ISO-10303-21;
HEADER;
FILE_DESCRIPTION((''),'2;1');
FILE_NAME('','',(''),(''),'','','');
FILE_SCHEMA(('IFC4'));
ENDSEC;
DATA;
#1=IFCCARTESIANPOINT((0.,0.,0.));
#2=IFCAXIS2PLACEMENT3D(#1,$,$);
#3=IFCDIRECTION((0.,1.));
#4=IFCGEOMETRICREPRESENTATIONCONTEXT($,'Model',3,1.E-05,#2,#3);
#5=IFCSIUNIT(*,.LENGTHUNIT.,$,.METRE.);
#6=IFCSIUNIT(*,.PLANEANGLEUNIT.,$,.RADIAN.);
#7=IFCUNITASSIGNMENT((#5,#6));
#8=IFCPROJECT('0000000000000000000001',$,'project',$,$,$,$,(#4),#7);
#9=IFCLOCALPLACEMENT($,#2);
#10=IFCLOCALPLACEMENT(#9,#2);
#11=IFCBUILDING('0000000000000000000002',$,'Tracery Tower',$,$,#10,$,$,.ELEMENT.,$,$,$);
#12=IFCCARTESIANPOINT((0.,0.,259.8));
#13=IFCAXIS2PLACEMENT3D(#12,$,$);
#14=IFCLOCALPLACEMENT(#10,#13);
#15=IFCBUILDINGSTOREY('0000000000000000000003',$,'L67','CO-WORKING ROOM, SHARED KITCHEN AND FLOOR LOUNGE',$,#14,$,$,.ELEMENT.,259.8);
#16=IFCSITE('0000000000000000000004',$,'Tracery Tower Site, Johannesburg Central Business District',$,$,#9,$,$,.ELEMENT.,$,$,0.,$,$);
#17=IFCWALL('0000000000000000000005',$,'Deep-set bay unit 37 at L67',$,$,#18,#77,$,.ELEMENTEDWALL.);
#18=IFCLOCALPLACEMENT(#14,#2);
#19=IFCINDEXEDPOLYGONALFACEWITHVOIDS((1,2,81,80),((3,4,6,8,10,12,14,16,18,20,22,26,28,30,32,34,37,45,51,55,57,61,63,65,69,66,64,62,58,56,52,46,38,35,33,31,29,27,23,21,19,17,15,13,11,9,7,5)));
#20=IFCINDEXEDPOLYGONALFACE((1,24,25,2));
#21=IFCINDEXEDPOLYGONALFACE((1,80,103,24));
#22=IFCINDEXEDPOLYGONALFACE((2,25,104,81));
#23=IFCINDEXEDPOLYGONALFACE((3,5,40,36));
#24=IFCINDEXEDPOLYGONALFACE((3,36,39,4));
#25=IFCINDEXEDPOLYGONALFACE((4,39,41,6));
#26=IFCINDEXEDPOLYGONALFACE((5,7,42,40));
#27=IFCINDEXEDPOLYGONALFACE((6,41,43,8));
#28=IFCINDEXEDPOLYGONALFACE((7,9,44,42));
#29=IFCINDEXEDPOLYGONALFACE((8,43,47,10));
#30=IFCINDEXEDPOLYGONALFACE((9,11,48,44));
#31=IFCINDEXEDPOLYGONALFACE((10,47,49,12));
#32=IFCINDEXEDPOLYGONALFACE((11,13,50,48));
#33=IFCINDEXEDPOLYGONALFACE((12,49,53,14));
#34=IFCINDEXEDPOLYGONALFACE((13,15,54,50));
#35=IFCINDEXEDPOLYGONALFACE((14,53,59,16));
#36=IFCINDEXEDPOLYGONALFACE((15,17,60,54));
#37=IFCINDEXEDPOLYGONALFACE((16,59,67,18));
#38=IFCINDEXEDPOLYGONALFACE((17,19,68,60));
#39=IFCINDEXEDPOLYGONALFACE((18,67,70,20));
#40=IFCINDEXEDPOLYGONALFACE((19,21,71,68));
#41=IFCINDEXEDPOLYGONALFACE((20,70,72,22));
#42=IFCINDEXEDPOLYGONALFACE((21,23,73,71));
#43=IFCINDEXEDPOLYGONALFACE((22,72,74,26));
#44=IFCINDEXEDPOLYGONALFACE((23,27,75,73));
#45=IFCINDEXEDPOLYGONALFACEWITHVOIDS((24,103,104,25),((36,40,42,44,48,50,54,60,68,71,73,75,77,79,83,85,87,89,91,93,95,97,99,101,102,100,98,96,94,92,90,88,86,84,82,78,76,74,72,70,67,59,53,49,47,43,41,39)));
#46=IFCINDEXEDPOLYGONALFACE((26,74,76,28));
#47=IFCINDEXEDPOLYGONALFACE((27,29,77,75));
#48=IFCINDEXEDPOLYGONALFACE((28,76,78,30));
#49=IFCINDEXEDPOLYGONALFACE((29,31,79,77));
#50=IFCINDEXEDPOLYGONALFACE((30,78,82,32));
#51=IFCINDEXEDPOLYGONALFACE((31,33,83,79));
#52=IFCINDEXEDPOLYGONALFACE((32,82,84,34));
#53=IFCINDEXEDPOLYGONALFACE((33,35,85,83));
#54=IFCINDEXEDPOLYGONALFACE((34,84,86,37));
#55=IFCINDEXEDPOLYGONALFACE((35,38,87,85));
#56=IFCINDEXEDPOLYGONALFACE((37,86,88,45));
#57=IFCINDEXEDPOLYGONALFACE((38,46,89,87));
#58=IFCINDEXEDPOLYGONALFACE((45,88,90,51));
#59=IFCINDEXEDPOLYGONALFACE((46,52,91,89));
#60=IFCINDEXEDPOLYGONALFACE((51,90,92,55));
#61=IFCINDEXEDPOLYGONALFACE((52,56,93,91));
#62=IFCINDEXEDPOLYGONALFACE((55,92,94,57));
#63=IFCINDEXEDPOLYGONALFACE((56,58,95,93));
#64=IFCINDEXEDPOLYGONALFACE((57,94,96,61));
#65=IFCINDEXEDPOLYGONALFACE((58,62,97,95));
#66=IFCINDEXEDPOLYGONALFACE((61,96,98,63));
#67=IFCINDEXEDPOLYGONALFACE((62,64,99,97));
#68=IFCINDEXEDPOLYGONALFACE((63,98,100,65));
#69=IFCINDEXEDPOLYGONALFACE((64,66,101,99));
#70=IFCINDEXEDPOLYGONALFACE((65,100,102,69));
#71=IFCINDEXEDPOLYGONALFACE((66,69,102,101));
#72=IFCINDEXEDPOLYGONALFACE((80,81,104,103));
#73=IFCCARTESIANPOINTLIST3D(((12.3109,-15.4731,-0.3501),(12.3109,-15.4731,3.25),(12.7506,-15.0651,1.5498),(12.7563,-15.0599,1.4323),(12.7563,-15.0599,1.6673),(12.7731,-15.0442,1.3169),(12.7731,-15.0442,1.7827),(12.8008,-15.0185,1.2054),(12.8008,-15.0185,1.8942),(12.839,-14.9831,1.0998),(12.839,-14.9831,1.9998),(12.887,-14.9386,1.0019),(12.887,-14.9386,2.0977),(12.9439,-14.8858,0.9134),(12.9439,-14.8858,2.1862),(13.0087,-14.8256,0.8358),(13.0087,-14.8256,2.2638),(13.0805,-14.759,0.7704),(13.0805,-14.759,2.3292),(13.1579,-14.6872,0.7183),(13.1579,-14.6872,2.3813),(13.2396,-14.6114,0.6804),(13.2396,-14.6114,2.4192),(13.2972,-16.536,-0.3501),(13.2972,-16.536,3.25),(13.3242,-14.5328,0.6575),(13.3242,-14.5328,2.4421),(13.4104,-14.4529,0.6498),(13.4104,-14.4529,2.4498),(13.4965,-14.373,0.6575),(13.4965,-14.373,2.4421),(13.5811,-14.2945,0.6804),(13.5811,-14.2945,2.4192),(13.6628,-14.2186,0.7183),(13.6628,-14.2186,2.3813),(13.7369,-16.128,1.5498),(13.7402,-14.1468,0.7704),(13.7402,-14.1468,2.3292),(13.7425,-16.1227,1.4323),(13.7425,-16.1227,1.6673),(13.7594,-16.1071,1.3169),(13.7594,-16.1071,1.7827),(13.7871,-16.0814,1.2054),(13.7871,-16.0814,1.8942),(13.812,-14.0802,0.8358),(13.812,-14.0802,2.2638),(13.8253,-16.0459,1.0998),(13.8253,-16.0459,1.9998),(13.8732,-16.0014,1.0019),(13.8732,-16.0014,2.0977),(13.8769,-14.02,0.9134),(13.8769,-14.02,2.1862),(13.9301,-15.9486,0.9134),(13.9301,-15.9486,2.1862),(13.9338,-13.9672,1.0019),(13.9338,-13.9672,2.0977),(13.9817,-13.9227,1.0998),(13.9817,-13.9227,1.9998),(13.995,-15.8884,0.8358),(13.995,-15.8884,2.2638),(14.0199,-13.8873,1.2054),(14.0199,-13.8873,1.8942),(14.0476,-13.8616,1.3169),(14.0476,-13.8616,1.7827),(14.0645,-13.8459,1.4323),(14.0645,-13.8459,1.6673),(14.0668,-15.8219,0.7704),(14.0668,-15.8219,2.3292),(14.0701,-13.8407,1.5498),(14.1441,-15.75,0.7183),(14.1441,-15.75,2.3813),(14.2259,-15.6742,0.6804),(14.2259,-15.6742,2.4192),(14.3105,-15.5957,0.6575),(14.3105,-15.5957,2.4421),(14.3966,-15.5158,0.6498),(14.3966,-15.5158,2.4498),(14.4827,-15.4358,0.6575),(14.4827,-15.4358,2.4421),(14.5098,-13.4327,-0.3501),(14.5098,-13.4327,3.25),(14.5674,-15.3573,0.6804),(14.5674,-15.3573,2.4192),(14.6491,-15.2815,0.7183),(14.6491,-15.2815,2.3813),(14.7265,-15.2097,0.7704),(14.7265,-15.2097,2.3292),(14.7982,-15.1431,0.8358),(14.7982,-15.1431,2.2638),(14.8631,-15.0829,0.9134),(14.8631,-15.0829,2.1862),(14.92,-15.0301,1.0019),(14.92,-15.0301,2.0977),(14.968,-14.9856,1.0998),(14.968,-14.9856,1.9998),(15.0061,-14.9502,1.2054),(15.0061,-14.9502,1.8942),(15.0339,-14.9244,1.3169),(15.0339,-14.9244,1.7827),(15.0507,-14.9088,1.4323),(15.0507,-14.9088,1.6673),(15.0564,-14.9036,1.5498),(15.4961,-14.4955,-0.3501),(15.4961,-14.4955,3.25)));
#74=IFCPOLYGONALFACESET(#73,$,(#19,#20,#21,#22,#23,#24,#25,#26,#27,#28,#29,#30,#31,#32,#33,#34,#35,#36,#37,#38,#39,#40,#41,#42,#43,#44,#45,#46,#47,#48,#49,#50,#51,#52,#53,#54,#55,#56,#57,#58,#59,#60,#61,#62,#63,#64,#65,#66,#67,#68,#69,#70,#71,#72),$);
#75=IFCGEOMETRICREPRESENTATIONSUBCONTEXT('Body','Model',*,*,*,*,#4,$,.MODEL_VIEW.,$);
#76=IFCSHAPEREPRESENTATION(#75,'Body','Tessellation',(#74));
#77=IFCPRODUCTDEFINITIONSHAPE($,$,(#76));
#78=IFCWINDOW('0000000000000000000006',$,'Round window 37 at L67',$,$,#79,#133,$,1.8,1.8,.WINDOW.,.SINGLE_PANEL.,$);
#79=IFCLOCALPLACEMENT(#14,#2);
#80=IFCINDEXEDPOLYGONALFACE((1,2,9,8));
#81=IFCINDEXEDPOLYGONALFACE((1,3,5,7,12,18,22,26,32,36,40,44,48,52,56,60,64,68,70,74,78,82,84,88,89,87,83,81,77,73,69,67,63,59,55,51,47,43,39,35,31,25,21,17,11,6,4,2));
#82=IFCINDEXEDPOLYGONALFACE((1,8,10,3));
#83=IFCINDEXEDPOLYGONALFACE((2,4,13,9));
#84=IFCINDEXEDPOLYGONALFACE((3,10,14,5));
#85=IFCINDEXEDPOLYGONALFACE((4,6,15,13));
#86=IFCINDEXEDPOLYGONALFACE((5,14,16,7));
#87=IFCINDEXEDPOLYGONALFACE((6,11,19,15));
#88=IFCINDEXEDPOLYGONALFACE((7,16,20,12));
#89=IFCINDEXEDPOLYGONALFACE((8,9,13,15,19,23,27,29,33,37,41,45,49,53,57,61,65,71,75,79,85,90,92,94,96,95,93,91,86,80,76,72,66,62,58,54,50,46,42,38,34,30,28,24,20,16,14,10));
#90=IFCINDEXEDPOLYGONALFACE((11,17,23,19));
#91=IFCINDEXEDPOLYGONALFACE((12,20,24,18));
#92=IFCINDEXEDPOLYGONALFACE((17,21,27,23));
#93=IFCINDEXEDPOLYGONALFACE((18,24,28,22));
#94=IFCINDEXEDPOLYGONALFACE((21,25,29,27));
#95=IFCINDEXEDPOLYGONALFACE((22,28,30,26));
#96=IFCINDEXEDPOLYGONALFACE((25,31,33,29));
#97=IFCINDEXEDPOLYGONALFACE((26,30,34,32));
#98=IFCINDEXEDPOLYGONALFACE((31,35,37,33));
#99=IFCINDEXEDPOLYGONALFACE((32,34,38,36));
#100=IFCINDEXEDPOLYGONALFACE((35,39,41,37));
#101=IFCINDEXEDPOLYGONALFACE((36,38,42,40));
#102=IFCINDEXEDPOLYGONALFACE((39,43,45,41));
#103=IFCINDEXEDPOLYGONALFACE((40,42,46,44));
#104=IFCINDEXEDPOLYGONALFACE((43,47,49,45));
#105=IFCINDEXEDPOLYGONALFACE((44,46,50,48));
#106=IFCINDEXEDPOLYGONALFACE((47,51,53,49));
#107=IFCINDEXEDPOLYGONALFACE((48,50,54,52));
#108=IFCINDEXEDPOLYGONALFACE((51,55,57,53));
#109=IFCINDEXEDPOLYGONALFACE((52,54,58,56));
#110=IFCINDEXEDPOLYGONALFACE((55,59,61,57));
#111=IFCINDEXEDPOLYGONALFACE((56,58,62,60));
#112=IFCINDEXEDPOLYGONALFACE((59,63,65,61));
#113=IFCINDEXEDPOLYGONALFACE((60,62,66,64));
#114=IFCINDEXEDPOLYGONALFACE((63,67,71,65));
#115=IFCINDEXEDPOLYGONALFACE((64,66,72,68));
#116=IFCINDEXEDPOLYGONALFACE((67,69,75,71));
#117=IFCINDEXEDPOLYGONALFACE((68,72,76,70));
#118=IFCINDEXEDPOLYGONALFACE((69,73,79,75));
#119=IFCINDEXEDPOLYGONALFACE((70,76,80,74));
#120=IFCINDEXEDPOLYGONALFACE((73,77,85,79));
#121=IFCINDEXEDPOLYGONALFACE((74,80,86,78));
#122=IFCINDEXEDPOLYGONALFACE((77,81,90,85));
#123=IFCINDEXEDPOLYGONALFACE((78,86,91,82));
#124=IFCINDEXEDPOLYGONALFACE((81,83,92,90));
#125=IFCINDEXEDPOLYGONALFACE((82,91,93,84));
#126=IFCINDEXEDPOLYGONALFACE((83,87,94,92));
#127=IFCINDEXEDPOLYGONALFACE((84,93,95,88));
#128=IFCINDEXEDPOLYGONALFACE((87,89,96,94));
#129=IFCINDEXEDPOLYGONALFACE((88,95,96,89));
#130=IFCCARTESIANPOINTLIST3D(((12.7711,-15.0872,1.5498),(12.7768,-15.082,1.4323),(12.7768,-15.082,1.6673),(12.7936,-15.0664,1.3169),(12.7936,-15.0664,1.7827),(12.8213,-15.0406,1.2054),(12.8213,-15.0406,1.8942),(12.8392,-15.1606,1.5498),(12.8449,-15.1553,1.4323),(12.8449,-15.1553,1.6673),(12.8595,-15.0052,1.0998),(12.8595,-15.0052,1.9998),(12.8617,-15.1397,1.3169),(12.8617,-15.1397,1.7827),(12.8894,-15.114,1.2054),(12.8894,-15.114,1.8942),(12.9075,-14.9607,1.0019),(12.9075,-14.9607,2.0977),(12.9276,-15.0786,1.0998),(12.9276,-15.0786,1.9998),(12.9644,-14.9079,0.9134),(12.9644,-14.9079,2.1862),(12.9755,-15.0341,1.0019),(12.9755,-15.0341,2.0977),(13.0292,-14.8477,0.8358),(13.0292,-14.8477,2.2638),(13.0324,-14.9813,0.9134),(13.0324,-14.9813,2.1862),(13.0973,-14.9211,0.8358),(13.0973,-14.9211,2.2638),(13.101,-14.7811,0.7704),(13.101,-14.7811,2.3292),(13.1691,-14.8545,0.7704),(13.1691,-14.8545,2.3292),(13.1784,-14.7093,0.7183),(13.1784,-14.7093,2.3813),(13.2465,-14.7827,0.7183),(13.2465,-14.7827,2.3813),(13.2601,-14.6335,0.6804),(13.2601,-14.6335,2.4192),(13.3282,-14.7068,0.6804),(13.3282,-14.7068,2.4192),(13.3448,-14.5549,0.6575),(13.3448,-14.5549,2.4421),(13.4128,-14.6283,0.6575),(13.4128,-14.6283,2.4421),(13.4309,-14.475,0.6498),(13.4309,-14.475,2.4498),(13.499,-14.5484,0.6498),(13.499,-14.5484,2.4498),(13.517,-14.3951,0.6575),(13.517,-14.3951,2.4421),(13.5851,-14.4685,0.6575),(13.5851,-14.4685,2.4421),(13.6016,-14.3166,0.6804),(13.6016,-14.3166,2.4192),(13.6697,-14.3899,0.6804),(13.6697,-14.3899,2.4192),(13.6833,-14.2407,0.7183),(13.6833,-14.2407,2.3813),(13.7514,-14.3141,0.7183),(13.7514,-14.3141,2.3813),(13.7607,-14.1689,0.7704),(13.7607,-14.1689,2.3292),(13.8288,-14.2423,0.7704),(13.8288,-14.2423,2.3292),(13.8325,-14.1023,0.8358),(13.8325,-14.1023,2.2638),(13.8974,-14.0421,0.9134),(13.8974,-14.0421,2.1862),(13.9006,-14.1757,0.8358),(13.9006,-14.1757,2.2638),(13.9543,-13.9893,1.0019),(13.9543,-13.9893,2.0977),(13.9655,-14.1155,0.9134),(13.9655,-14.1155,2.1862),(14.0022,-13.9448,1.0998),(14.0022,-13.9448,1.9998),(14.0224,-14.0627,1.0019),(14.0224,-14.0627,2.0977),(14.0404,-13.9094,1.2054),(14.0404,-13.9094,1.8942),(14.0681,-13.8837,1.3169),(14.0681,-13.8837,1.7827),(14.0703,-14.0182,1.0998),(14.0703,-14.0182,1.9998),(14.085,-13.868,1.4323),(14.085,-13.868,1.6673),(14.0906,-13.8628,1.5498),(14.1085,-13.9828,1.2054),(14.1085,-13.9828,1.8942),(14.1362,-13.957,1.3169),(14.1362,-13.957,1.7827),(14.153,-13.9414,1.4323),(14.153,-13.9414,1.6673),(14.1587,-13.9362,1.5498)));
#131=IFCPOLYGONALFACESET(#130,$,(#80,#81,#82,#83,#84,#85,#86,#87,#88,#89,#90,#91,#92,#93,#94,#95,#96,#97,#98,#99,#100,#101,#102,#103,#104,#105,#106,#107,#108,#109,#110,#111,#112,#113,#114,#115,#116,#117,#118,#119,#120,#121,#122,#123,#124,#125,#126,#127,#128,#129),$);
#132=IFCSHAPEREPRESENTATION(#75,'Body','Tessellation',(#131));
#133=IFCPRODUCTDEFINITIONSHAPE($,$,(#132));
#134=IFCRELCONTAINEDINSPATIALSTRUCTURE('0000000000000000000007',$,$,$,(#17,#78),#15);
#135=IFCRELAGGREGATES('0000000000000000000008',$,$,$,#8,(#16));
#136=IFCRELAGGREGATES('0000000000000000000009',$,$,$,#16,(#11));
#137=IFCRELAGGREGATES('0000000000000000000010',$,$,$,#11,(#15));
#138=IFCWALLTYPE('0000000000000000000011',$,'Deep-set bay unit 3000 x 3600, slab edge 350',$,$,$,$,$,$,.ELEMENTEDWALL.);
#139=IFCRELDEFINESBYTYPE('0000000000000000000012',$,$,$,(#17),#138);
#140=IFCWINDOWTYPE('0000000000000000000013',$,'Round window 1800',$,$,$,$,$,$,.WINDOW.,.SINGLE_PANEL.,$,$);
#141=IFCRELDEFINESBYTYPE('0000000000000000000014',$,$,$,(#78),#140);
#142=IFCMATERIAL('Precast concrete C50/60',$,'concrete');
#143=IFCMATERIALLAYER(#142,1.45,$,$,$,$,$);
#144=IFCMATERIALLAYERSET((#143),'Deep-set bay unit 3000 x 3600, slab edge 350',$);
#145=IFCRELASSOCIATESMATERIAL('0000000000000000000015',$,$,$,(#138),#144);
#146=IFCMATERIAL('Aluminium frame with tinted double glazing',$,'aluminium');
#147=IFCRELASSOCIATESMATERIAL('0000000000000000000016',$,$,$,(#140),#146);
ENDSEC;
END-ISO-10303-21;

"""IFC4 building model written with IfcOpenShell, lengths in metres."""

from ifc_helpers import new_model, si_unit, direction, frame, frame_2d, origin, origin_2d, place, context, subcontext, project, spatial, rectangle, circle, extrude, material, layer, layer_set, type_object, element, fill, save


model = new_model("IFC4")

# Units and contexts
model_context = context("Model", 3, precision=1e-05, world=origin(), true_north=direction((0.0, 1.0)))
body_context = subcontext(model_context, "Body", "Model", "MODEL_VIEW")
ifc_project = project(units=[si_unit("LENGTHUNIT", "METRE"), si_unit("PLANEANGLEUNIT", "RADIAN")], contexts=[model_context])

# Site, building, storey
site_placement = place(None, origin())
site = spatial("IfcSite", under=ifc_project, at=site_placement, Name="Tracery Tower Site, Johannesburg Central Business District", CompositionType="ELEMENT", RefElevation=0.0)
building_placement = place(site_placement, origin())
building = spatial("IfcBuilding", under=site, at=building_placement, Name="Tracery Tower", CompositionType="ELEMENT")
storey_placement = place(building_placement, frame((0.0, 0.0, 259.8)))
storey = spatial("IfcBuildingStorey", under=building, at=storey_placement, Name="L67", Description="CO-WORKING ROOM, SHARED KITCHEN AND FLOOR LOUNGE", CompositionType="ELEMENT", Elevation=259.8)

# Wall, opening, window
ifc_material_1 = material(Name="Precast concrete C50/60", Category="concrete")
ifc_layer_1 = layer(ifc_material_1, 1.45)
ifc_layer_set_1 = layer_set([ifc_layer_1], Name="Deep-set bay unit 3000 x 3600, slab edge 350")
wall_type_1 = type_object("IfcWallType", Name="Deep-set bay unit 3000 x 3600, slab edge 350", PredefinedType="ELEMENTEDWALL", material=ifc_layer_set_1)
wall_1_placement = place(storey_placement, frame((12.804, -16.0046, -0.3501), z_axis=(0.0, 0.0, 1.0), x_axis=(0.733022, 0.680204, 0.0)))
wall_1 = element("IfcWall", 1, at=wall_1_placement, inside=storey, type_object=wall_type_1, Name="Deep-set bay unit 37 at L67", PredefinedType="ELEMENTEDWALL", context=body_context, shape_type="SweptSolid", body=[
    extrude(rectangle(XDim=2.9998, YDim=1.45, at=frame_2d((1.5, 0.0))), origin(), (0.0, 0.0, 1.0), 3.6001),
])
opening_1_placement = place(wall_1_placement, frame((1.5, 0.0, 1.8999)))
opening_1 = element("IfcOpeningElement", 2, at=opening_1_placement, cuts=wall_1, PredefinedType="OPENING", context=body_context, shape_type="SweptSolid", body=[
    extrude(circle(Radius=0.9, at=origin_2d()), frame((0.0, 0.7349, 0.0), z_axis=(0.0, -1.0, 0.0), x_axis=(1.0, 0.0, 0.0)), (0.0, 0.0, 1.0), 1.47),
])
ifc_material_2 = material(Name="Aluminium frame with tinted double glazing", Category="aluminium")
window_type = type_object("IfcWindowType", Name="Round window 1800", PartitioningType="SINGLE_PANEL", PredefinedType="WINDOW", material=ifc_material_2)
window_1_placement = place(opening_1_placement, origin())
window_1 = element("IfcWindow", 3, at=window_1_placement, inside=storey, type_object=window_type, Name="Round window 37 at L67", OverallHeight=1.8, OverallWidth=1.8, PartitioningType="SINGLE_PANEL", PredefinedType="WINDOW", context=body_context, shape_type="SweptSolid", body=[
    extrude(circle(Radius=0.9, at=origin_2d()), frame((0.0, 0.6948, 0.0), z_axis=(0.0, -1.0, 0.0), x_axis=(1.0, 0.0, 0.0)), (0.0, 0.0, 1.0), 0.1001),
])
fill(opening_1, window_1)

save(model, "model.ifc")
